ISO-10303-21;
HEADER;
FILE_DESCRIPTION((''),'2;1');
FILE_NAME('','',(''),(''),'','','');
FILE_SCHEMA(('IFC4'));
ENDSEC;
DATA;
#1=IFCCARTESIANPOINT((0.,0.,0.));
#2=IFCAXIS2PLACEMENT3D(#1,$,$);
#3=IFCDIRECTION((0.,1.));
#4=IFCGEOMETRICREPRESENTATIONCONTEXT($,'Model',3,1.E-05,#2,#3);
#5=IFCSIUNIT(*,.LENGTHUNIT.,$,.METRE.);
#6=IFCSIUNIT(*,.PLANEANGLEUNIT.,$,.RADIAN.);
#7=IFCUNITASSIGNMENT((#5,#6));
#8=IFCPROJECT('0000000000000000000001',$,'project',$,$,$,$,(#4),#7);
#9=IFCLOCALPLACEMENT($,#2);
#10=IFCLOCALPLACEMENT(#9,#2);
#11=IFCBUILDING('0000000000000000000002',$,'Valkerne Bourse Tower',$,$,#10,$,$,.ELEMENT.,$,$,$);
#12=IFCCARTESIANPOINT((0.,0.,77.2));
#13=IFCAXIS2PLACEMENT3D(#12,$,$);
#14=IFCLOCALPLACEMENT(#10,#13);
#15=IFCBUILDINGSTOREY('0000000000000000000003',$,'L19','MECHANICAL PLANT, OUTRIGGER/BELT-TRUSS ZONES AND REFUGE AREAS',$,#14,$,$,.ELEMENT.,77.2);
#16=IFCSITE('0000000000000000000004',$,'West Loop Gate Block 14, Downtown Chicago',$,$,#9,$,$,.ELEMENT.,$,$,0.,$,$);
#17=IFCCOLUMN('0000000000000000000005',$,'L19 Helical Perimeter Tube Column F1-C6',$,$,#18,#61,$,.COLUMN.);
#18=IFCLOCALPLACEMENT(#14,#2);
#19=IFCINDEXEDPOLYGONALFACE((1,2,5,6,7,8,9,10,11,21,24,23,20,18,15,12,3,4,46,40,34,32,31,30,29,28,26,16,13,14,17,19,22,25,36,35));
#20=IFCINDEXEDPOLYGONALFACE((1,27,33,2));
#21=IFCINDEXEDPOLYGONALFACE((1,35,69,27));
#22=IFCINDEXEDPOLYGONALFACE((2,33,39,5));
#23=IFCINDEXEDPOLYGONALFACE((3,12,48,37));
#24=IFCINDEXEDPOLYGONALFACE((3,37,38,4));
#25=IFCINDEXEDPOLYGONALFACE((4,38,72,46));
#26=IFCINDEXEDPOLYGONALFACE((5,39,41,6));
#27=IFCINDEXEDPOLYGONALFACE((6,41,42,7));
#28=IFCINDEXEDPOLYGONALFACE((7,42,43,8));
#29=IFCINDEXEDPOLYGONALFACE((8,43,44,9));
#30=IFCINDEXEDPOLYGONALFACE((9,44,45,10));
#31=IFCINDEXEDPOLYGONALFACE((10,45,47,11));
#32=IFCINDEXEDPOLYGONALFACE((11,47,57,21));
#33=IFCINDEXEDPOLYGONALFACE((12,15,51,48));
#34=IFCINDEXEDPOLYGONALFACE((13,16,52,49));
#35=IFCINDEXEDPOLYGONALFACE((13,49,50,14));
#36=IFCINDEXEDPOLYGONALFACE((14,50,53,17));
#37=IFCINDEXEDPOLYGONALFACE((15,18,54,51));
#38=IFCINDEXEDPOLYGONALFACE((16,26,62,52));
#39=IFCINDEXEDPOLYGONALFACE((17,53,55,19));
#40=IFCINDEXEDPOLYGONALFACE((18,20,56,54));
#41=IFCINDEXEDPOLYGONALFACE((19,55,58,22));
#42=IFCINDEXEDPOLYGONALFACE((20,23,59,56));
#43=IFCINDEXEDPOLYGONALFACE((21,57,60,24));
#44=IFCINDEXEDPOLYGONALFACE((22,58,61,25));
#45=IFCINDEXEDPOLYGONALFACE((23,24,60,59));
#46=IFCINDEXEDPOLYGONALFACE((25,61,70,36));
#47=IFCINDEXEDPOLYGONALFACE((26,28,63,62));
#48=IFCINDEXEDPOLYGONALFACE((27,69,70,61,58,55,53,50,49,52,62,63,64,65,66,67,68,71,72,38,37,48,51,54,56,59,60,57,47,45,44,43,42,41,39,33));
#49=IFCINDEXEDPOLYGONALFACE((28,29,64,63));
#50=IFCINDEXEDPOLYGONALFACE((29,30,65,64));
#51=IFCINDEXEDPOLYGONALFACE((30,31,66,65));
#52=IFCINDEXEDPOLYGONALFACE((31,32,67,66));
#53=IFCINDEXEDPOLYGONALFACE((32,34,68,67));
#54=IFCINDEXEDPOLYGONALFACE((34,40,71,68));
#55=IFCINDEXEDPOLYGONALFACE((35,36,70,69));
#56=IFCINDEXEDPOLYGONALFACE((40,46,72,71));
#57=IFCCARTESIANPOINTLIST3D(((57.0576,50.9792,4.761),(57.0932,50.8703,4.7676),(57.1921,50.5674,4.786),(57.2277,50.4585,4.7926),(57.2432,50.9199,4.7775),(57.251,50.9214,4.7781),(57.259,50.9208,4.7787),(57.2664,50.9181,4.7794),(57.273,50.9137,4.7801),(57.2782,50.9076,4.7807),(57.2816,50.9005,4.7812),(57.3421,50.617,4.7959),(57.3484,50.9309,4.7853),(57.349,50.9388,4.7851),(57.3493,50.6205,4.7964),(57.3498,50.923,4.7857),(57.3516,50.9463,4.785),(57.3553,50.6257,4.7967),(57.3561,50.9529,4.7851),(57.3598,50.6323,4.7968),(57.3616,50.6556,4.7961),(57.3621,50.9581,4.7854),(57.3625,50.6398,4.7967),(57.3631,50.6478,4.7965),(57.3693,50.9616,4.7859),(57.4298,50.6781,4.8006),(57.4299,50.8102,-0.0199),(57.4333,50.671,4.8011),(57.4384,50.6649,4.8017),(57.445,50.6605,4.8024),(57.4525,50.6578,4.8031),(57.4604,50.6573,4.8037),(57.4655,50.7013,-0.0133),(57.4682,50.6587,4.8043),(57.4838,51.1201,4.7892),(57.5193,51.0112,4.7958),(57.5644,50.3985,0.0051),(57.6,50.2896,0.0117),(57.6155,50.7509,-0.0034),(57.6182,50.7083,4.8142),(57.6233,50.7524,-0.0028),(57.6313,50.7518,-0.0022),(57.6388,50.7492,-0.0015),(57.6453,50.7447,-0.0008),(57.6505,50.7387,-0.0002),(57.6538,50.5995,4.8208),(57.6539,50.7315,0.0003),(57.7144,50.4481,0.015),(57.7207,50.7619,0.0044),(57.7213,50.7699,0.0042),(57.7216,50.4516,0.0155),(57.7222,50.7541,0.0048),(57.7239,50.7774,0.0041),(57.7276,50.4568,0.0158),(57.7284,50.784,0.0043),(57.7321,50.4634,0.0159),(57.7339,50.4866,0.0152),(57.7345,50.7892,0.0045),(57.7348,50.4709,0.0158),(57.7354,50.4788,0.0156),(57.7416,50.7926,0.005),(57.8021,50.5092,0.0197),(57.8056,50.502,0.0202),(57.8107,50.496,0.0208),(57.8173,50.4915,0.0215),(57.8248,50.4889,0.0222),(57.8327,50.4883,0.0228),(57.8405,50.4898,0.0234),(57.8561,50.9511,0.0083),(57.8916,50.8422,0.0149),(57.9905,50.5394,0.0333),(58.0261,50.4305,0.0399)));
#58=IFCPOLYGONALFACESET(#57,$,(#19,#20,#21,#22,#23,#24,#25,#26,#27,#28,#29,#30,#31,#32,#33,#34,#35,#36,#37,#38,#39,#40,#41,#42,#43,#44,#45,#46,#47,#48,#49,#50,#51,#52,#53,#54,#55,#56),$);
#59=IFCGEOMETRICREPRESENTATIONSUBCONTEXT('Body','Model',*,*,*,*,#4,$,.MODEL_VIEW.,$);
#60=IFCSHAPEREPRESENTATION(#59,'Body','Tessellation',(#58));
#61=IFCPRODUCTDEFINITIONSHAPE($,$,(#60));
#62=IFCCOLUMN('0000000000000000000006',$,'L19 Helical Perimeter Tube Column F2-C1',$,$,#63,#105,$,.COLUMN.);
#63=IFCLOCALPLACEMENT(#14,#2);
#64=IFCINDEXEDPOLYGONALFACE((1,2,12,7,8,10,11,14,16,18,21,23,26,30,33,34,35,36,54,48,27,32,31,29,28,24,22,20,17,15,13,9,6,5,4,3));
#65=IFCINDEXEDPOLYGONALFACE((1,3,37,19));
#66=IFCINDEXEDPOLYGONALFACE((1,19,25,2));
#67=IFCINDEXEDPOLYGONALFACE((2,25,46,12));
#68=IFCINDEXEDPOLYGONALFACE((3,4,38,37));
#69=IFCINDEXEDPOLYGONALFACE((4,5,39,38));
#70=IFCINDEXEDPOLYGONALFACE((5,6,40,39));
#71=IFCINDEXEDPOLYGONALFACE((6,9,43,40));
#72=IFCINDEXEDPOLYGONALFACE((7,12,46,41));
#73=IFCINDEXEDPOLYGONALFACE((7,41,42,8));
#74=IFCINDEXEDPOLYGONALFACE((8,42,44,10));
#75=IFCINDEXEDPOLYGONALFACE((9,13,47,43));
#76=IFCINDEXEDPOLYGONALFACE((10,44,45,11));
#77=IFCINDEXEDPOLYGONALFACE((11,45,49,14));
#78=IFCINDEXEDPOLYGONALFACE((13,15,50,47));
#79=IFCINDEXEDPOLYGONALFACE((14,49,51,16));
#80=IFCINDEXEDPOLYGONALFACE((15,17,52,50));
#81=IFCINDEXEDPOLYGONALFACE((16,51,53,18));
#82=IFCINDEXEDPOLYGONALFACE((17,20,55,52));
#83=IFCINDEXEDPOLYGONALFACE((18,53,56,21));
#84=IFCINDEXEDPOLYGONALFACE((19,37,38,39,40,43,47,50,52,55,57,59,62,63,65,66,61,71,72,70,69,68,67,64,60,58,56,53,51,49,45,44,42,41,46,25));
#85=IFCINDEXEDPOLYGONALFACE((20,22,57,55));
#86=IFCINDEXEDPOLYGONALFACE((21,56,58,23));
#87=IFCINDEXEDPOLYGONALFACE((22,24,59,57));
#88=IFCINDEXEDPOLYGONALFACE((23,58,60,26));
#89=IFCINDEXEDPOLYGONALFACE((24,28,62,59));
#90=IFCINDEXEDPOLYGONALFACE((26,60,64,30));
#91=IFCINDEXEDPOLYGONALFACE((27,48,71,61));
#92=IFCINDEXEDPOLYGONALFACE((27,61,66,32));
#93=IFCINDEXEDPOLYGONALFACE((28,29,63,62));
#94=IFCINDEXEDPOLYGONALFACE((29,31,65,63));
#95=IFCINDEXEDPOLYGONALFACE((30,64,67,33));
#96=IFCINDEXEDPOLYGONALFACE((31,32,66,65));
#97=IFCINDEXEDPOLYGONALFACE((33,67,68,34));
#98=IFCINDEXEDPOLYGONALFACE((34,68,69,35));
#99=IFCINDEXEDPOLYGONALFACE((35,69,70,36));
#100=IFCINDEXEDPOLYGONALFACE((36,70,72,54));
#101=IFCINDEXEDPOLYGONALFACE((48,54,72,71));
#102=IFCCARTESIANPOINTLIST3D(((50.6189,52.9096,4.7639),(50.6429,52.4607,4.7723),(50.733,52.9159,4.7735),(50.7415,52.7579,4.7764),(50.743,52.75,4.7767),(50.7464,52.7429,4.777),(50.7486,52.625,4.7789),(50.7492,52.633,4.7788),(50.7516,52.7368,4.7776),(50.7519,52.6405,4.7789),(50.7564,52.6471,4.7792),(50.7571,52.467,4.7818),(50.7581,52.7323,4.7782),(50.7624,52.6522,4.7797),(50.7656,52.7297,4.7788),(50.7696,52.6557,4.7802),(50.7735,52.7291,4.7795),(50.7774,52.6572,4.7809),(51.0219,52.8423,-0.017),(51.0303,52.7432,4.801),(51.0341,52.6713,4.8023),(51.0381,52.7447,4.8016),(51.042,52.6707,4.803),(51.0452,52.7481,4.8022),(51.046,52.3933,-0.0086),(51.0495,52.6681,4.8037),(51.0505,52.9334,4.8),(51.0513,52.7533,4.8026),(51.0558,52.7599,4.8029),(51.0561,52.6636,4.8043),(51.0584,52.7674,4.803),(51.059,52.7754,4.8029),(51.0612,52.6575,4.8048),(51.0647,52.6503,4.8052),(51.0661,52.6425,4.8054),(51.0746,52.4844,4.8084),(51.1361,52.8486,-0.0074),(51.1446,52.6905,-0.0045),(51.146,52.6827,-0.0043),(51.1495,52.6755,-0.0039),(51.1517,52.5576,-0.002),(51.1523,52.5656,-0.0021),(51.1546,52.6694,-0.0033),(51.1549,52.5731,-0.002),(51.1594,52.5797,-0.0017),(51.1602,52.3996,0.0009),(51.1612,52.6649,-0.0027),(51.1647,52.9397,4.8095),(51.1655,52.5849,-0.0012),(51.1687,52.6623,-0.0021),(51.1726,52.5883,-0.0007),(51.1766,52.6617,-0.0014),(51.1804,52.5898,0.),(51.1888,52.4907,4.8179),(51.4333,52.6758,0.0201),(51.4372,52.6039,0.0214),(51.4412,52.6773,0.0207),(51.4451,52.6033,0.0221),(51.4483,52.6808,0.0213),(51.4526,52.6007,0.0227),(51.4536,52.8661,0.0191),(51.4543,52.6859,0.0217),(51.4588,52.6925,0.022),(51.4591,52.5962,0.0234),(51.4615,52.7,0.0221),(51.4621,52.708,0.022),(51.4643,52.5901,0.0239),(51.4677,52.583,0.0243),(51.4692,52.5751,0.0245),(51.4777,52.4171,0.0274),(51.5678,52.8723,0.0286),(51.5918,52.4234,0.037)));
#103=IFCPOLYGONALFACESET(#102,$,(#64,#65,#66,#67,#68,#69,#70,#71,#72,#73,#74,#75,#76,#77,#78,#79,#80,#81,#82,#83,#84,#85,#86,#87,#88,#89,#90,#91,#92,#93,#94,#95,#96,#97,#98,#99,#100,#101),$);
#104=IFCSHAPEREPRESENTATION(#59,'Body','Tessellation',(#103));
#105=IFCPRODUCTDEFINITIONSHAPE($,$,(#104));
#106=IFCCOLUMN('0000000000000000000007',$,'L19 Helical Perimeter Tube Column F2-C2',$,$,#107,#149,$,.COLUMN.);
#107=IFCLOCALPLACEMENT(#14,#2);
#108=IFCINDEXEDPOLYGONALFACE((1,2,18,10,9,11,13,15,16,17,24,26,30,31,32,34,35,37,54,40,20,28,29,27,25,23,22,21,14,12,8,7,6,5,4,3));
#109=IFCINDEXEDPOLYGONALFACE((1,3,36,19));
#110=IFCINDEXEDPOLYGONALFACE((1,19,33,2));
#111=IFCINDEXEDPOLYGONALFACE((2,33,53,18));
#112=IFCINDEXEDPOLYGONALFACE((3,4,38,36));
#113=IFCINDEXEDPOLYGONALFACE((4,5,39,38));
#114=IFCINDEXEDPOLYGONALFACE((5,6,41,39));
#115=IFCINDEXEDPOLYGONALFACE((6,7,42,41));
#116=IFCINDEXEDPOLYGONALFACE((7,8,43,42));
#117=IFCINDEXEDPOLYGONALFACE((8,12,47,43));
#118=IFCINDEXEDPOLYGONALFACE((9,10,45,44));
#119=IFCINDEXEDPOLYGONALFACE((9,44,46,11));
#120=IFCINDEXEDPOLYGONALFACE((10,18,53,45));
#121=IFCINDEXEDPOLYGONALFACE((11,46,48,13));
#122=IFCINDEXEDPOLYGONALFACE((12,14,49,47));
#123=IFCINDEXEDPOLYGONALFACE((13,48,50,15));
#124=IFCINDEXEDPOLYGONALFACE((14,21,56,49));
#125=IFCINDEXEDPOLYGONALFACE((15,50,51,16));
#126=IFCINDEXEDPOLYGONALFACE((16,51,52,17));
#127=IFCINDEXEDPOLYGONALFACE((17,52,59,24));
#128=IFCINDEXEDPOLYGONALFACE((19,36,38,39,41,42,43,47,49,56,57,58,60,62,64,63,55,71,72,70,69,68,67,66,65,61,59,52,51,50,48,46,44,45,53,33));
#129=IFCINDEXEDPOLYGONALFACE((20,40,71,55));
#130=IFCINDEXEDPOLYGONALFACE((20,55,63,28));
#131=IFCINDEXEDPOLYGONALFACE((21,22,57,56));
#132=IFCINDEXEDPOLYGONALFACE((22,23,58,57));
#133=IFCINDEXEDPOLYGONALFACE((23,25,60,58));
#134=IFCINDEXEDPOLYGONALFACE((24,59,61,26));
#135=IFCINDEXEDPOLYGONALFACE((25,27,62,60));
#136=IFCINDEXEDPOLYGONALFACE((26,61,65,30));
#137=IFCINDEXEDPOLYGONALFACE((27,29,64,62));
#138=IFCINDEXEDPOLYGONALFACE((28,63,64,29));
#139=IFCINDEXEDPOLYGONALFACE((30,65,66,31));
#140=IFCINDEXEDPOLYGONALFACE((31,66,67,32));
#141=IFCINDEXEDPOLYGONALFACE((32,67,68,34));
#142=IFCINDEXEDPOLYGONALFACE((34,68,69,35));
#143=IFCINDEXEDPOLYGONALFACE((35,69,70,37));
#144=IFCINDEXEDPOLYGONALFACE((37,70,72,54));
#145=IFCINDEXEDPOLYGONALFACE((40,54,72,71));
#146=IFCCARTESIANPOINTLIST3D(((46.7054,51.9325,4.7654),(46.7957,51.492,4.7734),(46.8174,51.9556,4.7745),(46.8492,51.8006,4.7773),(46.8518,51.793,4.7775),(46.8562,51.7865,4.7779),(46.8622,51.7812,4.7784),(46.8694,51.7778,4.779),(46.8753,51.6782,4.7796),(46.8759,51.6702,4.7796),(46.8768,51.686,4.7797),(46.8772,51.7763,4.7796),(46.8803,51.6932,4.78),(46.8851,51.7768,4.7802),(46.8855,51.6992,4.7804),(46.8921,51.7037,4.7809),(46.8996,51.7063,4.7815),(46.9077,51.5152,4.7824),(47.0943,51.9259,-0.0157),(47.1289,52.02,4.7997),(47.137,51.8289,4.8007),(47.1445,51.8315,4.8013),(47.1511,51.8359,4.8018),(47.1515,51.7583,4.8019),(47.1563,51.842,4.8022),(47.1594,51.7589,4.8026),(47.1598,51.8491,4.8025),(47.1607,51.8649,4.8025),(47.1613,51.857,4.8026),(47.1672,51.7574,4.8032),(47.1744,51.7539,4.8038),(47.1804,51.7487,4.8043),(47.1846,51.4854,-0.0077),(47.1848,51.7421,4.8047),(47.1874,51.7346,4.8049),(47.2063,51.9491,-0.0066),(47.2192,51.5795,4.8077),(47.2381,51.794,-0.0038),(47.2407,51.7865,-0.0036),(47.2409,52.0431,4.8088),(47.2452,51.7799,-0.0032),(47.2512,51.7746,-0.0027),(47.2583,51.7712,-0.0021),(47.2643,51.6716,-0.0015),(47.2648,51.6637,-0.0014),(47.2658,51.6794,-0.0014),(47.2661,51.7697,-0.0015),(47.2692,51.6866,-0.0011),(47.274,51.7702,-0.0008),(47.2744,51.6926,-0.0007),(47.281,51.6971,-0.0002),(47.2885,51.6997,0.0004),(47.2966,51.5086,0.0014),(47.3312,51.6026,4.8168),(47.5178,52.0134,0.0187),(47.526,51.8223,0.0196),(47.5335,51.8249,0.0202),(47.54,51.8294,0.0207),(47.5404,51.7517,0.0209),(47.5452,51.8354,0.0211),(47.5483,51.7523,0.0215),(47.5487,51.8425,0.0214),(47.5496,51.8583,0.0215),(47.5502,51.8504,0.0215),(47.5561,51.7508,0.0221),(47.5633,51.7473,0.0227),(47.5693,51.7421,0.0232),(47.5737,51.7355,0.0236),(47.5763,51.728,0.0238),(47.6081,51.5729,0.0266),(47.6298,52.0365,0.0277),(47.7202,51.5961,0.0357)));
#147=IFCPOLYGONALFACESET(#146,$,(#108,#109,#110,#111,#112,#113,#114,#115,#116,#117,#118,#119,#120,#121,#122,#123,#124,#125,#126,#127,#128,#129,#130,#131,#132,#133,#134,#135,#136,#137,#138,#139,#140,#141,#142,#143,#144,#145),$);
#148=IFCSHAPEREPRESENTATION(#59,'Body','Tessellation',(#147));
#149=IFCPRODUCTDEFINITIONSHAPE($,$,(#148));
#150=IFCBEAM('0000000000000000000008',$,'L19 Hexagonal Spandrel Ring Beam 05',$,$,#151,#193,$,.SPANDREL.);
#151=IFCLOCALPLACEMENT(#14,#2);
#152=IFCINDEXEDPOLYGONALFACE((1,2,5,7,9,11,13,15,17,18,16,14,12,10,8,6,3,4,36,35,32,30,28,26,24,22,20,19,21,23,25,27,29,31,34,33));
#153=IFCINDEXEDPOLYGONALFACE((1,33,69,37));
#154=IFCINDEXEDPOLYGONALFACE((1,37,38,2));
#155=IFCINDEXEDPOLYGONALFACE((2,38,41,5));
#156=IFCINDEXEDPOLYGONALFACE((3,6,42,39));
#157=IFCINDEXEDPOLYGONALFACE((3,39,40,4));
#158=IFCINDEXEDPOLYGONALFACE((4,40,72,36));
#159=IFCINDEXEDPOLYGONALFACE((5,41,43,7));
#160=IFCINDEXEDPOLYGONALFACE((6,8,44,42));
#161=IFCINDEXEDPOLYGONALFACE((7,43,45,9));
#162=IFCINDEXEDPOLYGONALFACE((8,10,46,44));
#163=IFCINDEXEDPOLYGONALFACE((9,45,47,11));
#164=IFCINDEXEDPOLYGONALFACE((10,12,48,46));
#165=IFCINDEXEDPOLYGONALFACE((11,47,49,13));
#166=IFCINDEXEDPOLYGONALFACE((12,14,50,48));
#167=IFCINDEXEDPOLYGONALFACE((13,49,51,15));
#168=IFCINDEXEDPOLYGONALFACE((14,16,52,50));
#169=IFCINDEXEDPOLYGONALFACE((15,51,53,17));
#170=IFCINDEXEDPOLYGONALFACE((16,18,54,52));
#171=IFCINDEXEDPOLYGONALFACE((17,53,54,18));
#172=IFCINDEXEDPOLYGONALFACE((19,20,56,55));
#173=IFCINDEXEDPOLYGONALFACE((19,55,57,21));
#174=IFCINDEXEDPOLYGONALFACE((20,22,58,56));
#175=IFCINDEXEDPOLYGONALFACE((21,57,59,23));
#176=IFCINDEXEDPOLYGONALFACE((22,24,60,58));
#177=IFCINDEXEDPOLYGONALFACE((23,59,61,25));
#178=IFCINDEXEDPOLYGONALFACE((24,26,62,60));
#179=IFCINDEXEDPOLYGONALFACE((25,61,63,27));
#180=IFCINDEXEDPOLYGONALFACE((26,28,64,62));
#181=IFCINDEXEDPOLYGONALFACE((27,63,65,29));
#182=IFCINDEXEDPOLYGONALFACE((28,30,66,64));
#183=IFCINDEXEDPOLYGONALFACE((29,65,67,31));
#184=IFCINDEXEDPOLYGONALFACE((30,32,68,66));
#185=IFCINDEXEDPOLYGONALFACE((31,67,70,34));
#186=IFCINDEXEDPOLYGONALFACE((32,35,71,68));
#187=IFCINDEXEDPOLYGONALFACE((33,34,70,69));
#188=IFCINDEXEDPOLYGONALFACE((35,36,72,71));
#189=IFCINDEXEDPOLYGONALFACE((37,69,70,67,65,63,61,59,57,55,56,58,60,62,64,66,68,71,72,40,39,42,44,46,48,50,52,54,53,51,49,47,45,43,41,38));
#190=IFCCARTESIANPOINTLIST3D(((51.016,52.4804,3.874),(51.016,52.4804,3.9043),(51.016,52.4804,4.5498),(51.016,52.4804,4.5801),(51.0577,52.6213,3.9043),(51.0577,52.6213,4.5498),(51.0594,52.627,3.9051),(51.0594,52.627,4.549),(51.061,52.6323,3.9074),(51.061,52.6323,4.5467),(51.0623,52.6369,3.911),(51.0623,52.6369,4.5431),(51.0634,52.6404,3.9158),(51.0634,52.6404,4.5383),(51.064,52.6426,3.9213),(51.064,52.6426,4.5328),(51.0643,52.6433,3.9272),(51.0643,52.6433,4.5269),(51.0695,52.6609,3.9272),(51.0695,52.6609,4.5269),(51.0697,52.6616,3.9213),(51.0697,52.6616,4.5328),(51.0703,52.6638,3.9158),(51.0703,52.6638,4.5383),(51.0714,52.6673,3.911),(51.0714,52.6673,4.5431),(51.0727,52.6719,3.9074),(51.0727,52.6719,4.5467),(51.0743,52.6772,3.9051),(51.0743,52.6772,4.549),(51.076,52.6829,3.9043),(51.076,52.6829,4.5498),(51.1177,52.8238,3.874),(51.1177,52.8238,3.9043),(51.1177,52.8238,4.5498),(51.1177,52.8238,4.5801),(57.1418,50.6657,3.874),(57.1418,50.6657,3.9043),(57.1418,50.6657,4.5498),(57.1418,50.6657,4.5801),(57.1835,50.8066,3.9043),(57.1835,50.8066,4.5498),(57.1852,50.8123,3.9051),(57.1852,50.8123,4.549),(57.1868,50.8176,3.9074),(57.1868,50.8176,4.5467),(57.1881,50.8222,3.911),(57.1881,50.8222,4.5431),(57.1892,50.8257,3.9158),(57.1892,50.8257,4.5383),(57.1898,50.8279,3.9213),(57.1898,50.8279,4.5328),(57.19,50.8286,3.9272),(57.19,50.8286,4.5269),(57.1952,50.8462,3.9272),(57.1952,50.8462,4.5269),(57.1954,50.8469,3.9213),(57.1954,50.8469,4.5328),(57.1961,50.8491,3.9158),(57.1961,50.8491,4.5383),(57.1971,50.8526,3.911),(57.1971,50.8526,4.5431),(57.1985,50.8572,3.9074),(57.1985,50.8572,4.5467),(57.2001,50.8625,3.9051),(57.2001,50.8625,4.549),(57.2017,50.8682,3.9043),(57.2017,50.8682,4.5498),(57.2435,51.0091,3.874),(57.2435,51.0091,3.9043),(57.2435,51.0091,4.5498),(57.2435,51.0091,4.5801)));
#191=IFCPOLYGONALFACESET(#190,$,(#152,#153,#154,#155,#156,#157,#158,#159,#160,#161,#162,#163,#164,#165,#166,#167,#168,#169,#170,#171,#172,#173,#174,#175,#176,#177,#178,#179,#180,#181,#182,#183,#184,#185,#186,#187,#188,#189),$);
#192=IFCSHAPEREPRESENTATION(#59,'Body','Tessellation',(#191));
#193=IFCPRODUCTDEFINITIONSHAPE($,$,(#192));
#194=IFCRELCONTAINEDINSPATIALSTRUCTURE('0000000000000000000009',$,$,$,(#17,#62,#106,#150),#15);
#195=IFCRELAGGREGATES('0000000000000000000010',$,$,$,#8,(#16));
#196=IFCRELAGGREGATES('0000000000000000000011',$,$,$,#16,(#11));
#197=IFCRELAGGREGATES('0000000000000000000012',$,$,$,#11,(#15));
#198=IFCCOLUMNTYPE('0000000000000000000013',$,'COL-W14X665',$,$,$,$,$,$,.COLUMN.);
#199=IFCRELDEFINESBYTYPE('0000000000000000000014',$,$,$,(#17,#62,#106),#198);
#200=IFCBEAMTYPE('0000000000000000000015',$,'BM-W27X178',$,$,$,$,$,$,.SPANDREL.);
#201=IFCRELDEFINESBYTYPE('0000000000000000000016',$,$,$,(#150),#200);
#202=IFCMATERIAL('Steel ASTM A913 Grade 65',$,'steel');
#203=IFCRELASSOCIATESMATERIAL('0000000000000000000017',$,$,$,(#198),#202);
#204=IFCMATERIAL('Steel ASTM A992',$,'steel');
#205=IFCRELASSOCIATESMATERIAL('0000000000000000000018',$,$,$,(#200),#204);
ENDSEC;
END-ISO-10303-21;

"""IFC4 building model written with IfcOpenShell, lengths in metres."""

from ifc_helpers import new_model, si_unit, direction, frame, origin, origin_2d, place, context, subcontext, project, spatial, i_section, extrude, material, material_profile, profile_set, type_object, element, save


model = new_model("IFC4")

# Units and contexts
model_context = context("Model", 3, precision=1e-05, world=origin(), true_north=direction((0.0, 1.0)))
body_context = subcontext(model_context, "Body", "Model", "MODEL_VIEW")
ifc_project = project(units=[si_unit("LENGTHUNIT", "METRE"), si_unit("PLANEANGLEUNIT", "RADIAN")], contexts=[model_context])

# Site, building, storey
site_placement = place(None, origin())
site = spatial("IfcSite", under=ifc_project, at=site_placement, Name="West Loop Gate Block 14, Downtown Chicago", CompositionType="ELEMENT", RefElevation=0.0)
building_placement = place(site_placement, origin())
building = spatial("IfcBuilding", under=site, at=building_placement, Name="Valkerne Bourse Tower", CompositionType="ELEMENT")
storey_placement = place(building_placement, frame((0.0, 0.0, 77.2)))
storey = spatial("IfcBuildingStorey", under=building, at=storey_placement, Name="L19", Description="MECHANICAL PLANT, OUTRIGGER/BELT-TRUSS ZONES AND REFUGE AREAS", CompositionType="ELEMENT", Elevation=77.2)

# Columns
ifc_material_1 = material(Name="Steel ASTM A913 Grade 65", Category="steel")
ifc_material_profile_1 = material_profile(ifc_material_1, i_section(OverallWidth=0.4497, OverallDepth=0.5486, WebThickness=0.072, FlangeThickness=0.1147, FilletRadius=0.0305, at=origin_2d()), Name="W14X665")
ifc_profile_set_1 = profile_set([ifc_material_profile_1], Name="Steel ASTM A913 Grade 65")
column_type = type_object("IfcColumnType", Name="COL-W14X665", PredefinedType="COLUMN", material=ifc_profile_set_1)
for number, where, z_axis, x_axis, name in (
    (1, (57.728, 50.6204, 0.01), (-0.07759, 0.035208, 0.996363), (0.947573, 0.313323, 0.062719), "L19 Helical Perimeter Tube Column F1-C6"),
    (2, (51.3069, 52.6328, 0.01), (-0.084002, 0.014043, 0.996367), (-0.053463, 0.998397, -0.018579), "L19 Helical Perimeter Tube Column F2-C1"),
):
    element("IfcColumn", number, at=place(storey_placement, frame(where, z_axis=z_axis, x_axis=x_axis)), inside=storey, type_object=column_type, Name=name, PredefinedType="COLUMN", context=body_context, shape_type="SweptSolid", body=[
        extrude(i_section(OverallWidth=0.4497, OverallDepth=0.5486, WebThickness=0.072, FlangeThickness=0.1147, FilletRadius=0.0305, at=origin_2d()), origin(), (0.0, 0.0, 1.0), 4.7983),
    ])
column_placement = place(storey_placement, frame((47.4072, 51.761, 0.01), z_axis=(-0.081078, 0.001374, 0.996707), x_axis=(-0.200855, 0.979461, -0.017689)))
element("IfcColumn", 3, at=column_placement, inside=storey, type_object=column_type, Name="L19 Helical Perimeter Tube Column F2-C2", PredefinedType="COLUMN", context=body_context, shape_type="SweptSolid", body=[
    extrude(i_section(OverallWidth=0.4497, OverallDepth=0.5486, WebThickness=0.072, FlangeThickness=0.1147, FilletRadius=0.0305, at=origin_2d()), origin(), (0.0, 0.0, 1.0), 4.7969),
])

# Beam
ifc_material_2 = material(Name="Steel ASTM A992", Category="steel")
ifc_material_profile_2 = material_profile(ifc_material_2, i_section(OverallWidth=0.3582, OverallDepth=0.7061, WebThickness=0.0183, FlangeThickness=0.0303, FilletRadius=0.0229, at=origin_2d()), Name="W27X178")
ifc_profile_set_2 = profile_set([ifc_material_profile_2], Name="Steel ASTM A992")
beam_type_1 = type_object("IfcBeamType", Name="BM-W27X178", PredefinedType="SPANDREL", material=ifc_profile_set_2)
beam_1_placement = place(storey_placement, frame((57.1926, 50.8374, 4.2271), z_axis=(-0.958812, 0.28404, 0.0), x_axis=(-0.28404, -0.958812, 0.0)))
element("IfcBeam", 4, at=beam_1_placement, inside=storey, type_object=beam_type_1, Name="L19 Hexagonal Spandrel Ring Beam 05", PredefinedType="SPANDREL", context=body_context, shape_type="SweptSolid", body=[
    extrude(i_section(OverallWidth=0.3582, OverallDepth=0.7061, WebThickness=0.0183, FlangeThickness=0.0303, FilletRadius=0.0229, at=origin_2d()), origin(), (0.0, 0.0, 1.0), 6.3889),
])

save(model, "model.ifc")
